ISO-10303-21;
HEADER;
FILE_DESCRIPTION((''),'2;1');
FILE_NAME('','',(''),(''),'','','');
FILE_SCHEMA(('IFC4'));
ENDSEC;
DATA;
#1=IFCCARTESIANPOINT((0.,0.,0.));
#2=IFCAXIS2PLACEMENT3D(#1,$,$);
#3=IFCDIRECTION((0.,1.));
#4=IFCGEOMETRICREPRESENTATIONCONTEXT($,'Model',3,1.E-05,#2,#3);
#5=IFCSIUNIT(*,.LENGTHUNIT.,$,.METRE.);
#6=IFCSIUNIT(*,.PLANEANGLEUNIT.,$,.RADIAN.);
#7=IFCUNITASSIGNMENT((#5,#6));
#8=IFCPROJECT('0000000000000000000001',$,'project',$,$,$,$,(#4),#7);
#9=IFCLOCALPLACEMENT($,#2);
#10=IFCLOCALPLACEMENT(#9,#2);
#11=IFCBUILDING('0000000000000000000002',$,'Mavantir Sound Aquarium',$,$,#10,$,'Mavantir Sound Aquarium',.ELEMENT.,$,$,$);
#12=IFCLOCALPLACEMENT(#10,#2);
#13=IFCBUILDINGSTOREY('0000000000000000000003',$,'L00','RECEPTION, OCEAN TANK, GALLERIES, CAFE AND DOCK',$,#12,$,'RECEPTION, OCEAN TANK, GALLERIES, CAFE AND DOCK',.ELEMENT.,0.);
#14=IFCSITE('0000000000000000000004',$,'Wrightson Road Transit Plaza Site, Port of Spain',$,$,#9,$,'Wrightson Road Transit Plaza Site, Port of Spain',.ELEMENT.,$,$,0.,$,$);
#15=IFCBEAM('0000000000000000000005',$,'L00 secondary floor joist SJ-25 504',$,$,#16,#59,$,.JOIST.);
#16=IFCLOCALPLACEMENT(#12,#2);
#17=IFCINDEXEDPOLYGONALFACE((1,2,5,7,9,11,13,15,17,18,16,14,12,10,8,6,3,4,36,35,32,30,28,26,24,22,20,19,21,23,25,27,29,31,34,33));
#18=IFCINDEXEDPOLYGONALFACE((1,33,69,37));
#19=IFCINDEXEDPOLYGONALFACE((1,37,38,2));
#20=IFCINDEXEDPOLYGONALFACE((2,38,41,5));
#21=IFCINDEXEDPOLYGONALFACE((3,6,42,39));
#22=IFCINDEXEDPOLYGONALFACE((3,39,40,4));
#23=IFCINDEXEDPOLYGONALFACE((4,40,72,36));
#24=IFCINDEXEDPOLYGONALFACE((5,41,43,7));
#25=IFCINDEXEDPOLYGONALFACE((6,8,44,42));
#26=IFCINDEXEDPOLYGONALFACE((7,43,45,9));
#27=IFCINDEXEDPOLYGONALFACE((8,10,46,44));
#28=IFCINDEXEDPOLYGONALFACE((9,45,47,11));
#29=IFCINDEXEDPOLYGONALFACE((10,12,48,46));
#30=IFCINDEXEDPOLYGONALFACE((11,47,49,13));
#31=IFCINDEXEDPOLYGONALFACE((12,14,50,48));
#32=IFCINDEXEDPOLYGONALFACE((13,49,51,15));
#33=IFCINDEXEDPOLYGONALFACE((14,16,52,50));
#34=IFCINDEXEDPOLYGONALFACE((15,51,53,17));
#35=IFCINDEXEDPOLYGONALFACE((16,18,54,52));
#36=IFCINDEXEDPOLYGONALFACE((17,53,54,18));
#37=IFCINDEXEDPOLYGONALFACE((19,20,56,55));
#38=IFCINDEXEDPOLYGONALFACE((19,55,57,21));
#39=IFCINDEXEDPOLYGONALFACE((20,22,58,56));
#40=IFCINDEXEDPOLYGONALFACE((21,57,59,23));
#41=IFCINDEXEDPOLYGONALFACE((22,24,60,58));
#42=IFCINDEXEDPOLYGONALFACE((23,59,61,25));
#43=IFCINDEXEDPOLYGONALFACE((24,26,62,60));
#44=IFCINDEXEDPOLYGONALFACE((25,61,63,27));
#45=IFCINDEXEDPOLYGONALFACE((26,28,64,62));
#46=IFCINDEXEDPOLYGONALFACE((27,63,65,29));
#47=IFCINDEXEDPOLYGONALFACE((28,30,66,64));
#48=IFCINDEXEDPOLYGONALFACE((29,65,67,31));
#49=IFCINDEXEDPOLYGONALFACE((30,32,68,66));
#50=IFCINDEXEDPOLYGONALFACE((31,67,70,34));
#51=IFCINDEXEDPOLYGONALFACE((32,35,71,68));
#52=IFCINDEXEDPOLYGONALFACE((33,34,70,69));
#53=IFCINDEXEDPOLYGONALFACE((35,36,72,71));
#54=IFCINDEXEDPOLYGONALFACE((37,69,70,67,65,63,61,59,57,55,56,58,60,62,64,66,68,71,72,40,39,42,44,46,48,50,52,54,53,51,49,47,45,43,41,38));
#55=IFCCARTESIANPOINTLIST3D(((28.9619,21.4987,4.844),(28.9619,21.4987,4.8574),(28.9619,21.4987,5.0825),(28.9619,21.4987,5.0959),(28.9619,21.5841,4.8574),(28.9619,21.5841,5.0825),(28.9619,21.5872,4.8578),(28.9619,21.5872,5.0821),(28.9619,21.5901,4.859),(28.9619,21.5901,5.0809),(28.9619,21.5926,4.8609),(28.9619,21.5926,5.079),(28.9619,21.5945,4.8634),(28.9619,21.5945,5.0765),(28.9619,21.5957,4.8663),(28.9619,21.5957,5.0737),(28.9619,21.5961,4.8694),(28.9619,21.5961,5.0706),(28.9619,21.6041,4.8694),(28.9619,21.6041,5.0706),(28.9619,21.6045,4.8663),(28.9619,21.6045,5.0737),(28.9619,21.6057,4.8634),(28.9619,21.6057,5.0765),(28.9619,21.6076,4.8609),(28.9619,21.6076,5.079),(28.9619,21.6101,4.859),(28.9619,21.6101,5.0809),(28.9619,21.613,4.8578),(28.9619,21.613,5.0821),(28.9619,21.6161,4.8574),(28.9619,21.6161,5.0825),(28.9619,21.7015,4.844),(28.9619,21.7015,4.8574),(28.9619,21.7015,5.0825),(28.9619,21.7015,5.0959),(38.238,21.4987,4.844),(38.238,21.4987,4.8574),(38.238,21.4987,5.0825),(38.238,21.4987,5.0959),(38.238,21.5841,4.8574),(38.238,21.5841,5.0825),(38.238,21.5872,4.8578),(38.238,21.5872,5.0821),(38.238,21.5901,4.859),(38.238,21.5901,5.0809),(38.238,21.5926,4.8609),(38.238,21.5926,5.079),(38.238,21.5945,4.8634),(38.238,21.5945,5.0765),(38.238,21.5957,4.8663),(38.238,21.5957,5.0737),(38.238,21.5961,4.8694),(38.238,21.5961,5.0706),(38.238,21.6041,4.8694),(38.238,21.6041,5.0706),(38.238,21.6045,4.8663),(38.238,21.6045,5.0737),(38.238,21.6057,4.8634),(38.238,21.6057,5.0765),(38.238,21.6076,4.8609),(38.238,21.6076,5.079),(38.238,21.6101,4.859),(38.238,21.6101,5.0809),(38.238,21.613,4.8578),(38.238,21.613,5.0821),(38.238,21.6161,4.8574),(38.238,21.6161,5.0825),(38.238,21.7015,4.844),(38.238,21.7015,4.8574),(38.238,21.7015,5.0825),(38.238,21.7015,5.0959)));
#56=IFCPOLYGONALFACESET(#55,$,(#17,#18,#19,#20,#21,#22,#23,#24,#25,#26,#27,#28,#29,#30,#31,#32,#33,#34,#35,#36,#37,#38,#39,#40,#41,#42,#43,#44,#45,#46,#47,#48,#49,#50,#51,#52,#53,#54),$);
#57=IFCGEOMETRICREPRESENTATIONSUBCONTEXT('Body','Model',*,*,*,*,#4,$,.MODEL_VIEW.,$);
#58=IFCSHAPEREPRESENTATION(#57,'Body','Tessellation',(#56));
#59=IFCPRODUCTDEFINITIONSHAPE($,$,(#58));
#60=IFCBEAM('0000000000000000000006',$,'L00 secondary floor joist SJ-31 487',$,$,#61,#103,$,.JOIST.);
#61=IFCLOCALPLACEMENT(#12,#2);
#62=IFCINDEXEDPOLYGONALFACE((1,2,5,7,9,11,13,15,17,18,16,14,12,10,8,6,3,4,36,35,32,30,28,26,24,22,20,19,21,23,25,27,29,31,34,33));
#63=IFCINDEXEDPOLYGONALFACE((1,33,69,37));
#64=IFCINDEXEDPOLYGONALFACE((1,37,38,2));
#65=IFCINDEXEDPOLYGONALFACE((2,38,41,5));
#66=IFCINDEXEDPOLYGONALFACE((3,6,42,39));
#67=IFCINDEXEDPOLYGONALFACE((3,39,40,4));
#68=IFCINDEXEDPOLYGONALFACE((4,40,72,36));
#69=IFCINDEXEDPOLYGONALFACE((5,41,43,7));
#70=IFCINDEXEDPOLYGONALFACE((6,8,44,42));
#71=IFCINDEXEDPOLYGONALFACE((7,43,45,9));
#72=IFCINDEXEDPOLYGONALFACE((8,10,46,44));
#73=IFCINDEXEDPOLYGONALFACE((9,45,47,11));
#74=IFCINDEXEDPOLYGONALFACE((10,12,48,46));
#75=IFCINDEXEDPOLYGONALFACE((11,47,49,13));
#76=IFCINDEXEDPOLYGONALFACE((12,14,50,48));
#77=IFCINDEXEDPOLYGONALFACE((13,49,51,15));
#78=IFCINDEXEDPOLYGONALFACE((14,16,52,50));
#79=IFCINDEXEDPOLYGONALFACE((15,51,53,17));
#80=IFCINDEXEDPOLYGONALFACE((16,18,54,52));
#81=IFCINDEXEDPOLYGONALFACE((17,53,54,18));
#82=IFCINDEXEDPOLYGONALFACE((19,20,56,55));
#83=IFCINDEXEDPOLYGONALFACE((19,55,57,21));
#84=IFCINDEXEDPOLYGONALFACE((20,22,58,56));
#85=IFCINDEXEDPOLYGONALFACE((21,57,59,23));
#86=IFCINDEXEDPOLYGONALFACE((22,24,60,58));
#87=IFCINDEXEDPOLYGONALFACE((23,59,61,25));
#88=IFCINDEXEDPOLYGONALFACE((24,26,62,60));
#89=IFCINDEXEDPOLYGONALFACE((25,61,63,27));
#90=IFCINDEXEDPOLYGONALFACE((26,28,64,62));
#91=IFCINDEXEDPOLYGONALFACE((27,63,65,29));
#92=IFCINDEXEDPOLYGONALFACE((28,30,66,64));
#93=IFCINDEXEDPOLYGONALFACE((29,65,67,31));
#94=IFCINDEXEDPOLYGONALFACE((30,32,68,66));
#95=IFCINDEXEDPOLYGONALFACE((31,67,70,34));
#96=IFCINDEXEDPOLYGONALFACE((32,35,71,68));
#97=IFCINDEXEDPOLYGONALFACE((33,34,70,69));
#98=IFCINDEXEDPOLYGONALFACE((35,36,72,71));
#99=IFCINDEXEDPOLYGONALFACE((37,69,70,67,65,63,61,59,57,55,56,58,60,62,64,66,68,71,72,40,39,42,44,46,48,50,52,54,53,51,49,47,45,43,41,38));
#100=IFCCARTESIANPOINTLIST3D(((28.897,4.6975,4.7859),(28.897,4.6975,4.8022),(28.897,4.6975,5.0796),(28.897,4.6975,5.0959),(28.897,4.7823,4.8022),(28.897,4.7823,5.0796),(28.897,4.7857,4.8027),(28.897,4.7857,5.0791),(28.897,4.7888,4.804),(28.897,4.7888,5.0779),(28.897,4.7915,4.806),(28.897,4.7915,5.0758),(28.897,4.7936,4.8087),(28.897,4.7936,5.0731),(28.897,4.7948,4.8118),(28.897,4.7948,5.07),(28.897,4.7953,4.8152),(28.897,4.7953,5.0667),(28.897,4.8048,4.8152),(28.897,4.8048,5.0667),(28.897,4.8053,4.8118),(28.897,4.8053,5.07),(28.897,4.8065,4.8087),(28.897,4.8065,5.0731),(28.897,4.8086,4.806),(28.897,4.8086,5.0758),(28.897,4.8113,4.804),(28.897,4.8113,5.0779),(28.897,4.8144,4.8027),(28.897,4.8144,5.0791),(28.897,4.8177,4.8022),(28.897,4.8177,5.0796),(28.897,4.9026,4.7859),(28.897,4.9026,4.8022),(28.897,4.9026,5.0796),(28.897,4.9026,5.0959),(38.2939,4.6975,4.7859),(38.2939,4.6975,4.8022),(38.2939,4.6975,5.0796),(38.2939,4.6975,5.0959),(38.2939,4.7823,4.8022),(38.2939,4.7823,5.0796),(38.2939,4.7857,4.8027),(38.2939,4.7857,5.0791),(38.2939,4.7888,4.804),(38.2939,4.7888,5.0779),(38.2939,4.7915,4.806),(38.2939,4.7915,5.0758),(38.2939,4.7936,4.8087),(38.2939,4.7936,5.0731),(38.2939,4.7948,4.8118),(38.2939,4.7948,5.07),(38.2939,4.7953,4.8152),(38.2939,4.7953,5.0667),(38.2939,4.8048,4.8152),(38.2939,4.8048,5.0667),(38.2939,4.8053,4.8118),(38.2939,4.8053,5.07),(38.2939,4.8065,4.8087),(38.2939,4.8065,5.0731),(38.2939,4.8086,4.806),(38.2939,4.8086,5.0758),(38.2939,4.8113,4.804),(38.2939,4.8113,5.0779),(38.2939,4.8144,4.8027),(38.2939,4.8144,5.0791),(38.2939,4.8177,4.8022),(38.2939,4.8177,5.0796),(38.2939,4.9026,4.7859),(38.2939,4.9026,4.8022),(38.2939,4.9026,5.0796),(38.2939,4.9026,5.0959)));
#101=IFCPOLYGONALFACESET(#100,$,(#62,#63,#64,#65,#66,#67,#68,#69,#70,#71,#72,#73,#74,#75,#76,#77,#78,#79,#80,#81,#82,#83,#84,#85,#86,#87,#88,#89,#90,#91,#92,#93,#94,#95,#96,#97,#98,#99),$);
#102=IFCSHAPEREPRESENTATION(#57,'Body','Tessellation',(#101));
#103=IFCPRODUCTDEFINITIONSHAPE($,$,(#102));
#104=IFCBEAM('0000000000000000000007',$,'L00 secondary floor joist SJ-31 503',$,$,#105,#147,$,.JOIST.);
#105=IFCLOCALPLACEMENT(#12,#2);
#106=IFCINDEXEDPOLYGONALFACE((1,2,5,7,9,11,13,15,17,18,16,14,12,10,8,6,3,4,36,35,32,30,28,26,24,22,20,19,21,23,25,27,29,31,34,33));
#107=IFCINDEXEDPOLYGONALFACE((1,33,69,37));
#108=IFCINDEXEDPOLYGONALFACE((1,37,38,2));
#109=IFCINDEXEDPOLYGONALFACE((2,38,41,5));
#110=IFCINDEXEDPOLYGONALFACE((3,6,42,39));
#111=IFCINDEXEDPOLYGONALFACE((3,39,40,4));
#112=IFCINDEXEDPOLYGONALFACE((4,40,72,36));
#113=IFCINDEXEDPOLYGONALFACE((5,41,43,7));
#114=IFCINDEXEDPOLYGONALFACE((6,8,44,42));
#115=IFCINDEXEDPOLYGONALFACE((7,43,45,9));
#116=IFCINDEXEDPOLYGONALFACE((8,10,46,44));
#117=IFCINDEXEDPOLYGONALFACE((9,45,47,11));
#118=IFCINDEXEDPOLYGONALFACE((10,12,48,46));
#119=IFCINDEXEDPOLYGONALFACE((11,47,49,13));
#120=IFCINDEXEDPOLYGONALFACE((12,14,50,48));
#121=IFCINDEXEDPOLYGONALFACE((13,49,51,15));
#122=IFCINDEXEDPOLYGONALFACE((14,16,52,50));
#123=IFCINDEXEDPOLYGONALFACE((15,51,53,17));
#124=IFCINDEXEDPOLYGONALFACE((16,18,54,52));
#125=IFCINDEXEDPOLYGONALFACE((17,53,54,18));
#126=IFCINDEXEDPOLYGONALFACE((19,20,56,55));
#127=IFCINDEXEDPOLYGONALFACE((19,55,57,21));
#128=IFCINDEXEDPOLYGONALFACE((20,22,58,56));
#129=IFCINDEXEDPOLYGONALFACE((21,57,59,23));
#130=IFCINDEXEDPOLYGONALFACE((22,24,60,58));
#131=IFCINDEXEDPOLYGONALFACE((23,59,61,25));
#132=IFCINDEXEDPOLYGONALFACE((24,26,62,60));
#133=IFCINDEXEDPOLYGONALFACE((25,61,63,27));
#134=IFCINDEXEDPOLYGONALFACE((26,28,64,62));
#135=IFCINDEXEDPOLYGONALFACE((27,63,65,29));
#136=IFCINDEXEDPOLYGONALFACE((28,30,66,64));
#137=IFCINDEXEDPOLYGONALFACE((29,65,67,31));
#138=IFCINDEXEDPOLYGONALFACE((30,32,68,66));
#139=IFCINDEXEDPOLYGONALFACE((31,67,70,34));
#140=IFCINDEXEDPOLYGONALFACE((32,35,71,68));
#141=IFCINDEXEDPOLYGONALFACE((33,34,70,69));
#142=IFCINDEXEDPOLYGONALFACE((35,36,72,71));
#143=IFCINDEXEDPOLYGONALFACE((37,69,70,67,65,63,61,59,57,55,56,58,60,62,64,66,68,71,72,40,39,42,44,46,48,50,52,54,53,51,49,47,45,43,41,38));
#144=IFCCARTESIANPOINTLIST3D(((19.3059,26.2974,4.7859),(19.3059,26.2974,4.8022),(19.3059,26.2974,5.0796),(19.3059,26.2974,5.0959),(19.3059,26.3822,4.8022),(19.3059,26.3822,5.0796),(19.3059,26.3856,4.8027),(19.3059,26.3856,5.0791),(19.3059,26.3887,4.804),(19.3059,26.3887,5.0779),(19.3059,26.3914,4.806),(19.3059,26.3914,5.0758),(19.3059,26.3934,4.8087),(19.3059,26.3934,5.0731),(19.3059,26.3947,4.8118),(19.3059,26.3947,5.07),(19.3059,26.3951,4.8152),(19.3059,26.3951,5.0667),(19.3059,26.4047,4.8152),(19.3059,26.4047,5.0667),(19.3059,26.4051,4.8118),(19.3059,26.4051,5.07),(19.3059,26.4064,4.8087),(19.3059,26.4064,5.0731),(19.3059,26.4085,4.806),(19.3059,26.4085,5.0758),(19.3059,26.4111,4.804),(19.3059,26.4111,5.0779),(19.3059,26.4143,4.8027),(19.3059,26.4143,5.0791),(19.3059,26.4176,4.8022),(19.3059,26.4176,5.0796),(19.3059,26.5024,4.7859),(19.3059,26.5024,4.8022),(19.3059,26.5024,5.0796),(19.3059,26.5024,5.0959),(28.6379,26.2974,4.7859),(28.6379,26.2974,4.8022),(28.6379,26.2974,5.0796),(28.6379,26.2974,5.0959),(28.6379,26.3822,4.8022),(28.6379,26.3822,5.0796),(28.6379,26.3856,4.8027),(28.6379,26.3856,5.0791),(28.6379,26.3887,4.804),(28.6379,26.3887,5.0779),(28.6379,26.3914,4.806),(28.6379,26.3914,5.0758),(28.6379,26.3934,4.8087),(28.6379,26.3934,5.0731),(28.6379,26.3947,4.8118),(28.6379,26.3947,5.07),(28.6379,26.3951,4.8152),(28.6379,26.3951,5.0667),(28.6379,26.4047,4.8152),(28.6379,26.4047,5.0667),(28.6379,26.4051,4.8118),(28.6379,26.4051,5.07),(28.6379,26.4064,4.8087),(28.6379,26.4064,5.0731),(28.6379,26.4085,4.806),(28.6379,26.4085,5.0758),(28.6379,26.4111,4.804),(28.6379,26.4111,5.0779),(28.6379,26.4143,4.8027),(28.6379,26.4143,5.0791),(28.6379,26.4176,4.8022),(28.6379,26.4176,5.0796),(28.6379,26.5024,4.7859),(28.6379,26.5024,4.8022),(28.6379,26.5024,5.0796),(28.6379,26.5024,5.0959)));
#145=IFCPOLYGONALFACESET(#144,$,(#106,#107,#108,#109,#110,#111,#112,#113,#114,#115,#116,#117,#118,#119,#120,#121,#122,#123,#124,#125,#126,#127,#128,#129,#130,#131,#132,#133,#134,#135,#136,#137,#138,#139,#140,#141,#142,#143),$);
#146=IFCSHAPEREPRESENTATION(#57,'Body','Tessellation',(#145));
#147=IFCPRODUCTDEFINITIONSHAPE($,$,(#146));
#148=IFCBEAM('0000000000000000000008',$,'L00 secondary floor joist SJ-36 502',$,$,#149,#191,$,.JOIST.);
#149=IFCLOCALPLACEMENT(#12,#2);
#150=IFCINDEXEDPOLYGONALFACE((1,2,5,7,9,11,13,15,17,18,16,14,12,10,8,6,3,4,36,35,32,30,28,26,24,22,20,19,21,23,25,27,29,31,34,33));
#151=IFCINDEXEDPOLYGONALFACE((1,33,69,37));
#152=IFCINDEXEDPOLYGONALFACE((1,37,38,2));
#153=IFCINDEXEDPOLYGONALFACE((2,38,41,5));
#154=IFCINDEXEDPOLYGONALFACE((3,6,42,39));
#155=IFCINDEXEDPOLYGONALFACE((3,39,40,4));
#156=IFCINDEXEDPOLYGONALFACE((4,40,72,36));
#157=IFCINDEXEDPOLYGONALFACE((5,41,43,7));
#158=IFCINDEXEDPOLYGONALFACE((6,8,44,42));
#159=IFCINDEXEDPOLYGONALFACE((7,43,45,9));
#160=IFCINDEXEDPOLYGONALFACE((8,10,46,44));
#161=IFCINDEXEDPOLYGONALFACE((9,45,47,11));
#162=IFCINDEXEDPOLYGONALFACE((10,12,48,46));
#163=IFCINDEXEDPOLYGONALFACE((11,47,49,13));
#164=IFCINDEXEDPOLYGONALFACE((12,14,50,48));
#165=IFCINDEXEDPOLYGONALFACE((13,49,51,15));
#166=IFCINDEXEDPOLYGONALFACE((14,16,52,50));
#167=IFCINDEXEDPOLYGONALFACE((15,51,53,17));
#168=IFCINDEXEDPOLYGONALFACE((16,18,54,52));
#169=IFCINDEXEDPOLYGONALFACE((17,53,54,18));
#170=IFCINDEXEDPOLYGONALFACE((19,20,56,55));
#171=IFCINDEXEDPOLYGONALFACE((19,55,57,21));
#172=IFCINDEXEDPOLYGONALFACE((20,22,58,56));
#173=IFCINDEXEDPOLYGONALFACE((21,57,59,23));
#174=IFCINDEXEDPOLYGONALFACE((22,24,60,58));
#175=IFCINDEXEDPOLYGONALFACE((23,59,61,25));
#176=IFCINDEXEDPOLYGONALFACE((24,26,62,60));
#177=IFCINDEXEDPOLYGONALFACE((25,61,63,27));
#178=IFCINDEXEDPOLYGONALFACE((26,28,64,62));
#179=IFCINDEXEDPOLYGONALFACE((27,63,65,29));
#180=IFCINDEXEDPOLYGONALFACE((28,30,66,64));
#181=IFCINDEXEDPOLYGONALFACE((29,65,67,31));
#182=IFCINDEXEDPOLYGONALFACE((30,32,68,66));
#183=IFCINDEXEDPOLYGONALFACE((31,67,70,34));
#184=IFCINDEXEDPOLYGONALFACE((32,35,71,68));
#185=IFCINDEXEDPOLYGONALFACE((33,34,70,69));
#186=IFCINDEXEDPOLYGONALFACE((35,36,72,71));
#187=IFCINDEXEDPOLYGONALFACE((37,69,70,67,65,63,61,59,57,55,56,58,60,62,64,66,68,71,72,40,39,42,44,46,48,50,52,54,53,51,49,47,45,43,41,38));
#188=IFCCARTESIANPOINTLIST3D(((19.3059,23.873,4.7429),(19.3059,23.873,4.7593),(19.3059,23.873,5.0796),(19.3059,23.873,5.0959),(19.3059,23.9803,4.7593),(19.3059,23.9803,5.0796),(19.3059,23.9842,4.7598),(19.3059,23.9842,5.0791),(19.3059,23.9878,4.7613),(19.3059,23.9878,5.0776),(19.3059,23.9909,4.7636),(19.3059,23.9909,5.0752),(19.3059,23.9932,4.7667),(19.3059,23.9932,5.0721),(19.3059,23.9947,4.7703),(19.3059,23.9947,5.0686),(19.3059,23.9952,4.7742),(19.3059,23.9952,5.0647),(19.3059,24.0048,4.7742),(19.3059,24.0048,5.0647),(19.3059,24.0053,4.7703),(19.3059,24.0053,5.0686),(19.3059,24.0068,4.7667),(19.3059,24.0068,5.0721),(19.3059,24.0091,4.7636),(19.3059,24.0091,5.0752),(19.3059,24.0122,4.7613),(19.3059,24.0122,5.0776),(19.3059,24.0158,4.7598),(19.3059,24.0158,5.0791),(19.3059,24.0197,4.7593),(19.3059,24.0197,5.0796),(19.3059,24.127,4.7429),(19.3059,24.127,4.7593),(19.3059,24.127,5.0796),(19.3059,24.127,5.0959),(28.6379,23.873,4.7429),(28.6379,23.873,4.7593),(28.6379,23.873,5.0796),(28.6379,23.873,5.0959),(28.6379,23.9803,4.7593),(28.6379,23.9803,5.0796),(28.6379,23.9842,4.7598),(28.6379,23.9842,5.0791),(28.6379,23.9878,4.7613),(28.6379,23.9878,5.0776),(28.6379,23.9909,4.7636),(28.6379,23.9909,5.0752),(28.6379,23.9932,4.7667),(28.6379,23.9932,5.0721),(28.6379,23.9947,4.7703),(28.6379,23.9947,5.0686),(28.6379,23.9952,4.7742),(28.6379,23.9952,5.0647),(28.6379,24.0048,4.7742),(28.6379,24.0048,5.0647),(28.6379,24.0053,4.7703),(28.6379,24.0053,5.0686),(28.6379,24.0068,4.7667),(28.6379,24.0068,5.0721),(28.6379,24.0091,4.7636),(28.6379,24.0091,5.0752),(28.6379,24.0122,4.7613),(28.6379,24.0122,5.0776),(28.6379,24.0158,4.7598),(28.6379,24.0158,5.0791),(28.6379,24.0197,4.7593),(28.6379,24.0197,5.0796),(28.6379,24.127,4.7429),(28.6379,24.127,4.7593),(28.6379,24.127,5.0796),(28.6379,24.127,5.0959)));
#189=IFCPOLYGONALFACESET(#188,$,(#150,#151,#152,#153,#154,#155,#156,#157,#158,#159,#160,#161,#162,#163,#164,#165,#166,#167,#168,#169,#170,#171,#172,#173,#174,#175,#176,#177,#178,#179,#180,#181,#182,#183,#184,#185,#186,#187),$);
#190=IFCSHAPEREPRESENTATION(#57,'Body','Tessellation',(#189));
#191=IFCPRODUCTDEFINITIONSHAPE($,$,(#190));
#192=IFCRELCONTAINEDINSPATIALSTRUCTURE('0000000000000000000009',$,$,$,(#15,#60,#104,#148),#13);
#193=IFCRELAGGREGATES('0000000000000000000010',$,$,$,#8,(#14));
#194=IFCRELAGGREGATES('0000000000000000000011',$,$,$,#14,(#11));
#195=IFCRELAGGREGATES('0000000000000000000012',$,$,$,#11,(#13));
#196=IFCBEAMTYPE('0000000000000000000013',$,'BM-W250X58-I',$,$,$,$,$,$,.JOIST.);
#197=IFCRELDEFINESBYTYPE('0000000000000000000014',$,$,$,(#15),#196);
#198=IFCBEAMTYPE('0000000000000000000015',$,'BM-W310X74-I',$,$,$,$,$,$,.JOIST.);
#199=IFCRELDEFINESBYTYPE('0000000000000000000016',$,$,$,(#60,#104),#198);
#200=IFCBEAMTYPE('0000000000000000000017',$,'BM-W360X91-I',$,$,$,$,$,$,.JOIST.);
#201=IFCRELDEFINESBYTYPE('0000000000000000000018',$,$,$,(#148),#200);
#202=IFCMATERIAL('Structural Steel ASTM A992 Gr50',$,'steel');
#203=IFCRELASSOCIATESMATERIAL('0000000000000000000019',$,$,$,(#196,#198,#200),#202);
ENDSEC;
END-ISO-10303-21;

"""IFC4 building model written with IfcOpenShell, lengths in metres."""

from ifc_helpers import new_model, si_unit, direction, frame, origin, origin_2d, place, context, subcontext, project, spatial, i_section, extrude, material, material_profile, profile_set, type_object, element, save


model = new_model("IFC4")

# Units and contexts
model_context = context("Model", 3, precision=1e-05, world=origin(), true_north=direction((0.0, 1.0)))
body_context = subcontext(model_context, "Body", "Model", "MODEL_VIEW")
ifc_project = project(units=[si_unit("LENGTHUNIT", "METRE"), si_unit("PLANEANGLEUNIT", "RADIAN")], contexts=[model_context])

# Site, building, storey
site_placement = place(None, origin())
site = spatial("IfcSite", under=ifc_project, at=site_placement, Name="Wrightson Road Transit Plaza Site, Port of Spain", LongName="Wrightson Road Transit Plaza Site, Port of Spain", CompositionType="ELEMENT", RefElevation=0.0)
building_placement = place(site_placement, origin())
building = spatial("IfcBuilding", under=site, at=building_placement, Name="Mavantir Sound Aquarium", LongName="Mavantir Sound Aquarium", CompositionType="ELEMENT")
storey_placement = place(building_placement, origin())
storey = spatial("IfcBuildingStorey", under=building, at=storey_placement, Name="L00", Description="RECEPTION, OCEAN TANK, GALLERIES, CAFE AND DOCK", LongName="RECEPTION, OCEAN TANK, GALLERIES, CAFE AND DOCK", CompositionType="ELEMENT", Elevation=0.0)

# Beams
ifc_material_1 = material(Name="Structural Steel ASTM A992 Gr50", Category="steel")
ifc_material_profile_1 = material_profile(ifc_material_1, i_section(OverallWidth=0.2029, OverallDepth=0.252, WebThickness=0.0081, FlangeThickness=0.0134, FilletRadius=0.012, at=origin_2d()), Name="W250X58")
ifc_profile_set_1 = profile_set([ifc_material_profile_1], Name="Structural Steel ASTM A992 Gr50")
beam_type_1 = type_object("IfcBeamType", Name="BM-W250X58-I", PredefinedType="JOIST", material=ifc_profile_set_1)
beam_1_placement = place(storey_placement, frame((28.9619, 21.6001, 4.97), z_axis=(1.0, 0.0, 0.0), x_axis=(0.0, 1.0, 0.0)))
element("IfcBeam", 1, at=beam_1_placement, inside=storey, type_object=beam_type_1, Name="L00 secondary floor joist SJ-25 504", PredefinedType="JOIST", context=body_context, shape_type="SweptSolid", body=[
    extrude(i_section(OverallWidth=0.2029, OverallDepth=0.252, WebThickness=0.0081, FlangeThickness=0.0134, FilletRadius=0.012, at=origin_2d()), origin(), (0.0, 0.0, 1.0), 9.2761),
])
ifc_material_profile_2 = material_profile(ifc_material_1, i_section(OverallWidth=0.2051, OverallDepth=0.3101, WebThickness=0.0095, FlangeThickness=0.0164, FilletRadius=0.0129, at=origin_2d()), Name="W310X74")
ifc_profile_set_2 = profile_set([ifc_material_profile_2], Name="Structural Steel ASTM A992 Gr50")
beam_type_2 = type_object("IfcBeamType", Name="BM-W310X74-I", PredefinedType="JOIST", material=ifc_profile_set_2)
beam_2_placement = place(storey_placement, frame((28.897, 4.8, 4.9409), z_axis=(1.0, 0.0, 0.0), x_axis=(0.0, 1.0, 0.0)))
element("IfcBeam", 2, at=beam_2_placement, inside=storey, type_object=beam_type_2, Name="L00 secondary floor joist SJ-31 487", PredefinedType="JOIST", context=body_context, shape_type="SweptSolid", body=[
    extrude(i_section(OverallWidth=0.2051, OverallDepth=0.3101, WebThickness=0.0095, FlangeThickness=0.0164, FilletRadius=0.0129, at=origin_2d()), origin(), (0.0, 0.0, 1.0), 9.397),
])
beam_3_placement = place(storey_placement, frame((19.3059, 26.3999, 4.9409), z_axis=(1.0, 0.0, 0.0), x_axis=(0.0, 1.0, 0.0)))
element("IfcBeam", 3, at=beam_3_placement, inside=storey, type_object=beam_type_2, Name="L00 secondary floor joist SJ-31 503", PredefinedType="JOIST", context=body_context, shape_type="SweptSolid", body=[
    extrude(i_section(OverallWidth=0.2051, OverallDepth=0.3101, WebThickness=0.0095, FlangeThickness=0.0164, FilletRadius=0.0129, at=origin_2d()), origin(), (0.0, 0.0, 1.0), 9.332),
])
ifc_material_profile_3 = material_profile(ifc_material_1, i_section(OverallWidth=0.2539, OverallDepth=0.353, WebThickness=0.0095, FlangeThickness=0.0164, FilletRadius=0.0149, at=origin_2d()), Name="W360X91")
ifc_profile_set_3 = profile_set([ifc_material_profile_3], Name="Structural Steel ASTM A992 Gr50")
beam_type_3 = type_object("IfcBeamType", Name="BM-W360X91-I", PredefinedType="JOIST", material=ifc_profile_set_3)
beam_4_placement = place(storey_placement, frame((19.3059, 24.0, 4.9194), z_axis=(1.0, 0.0, 0.0), x_axis=(0.0, 1.0, 0.0)))
element("IfcBeam", 4, at=beam_4_placement, inside=storey, type_object=beam_type_3, Name="L00 secondary floor joist SJ-36 502", PredefinedType="JOIST", context=body_context, shape_type="SweptSolid", body=[
    extrude(i_section(OverallWidth=0.2539, OverallDepth=0.353, WebThickness=0.0095, FlangeThickness=0.0164, FilletRadius=0.0149, at=origin_2d()), origin(), (0.0, 0.0, 1.0), 9.332),
])

save(model, "model.ifc")
